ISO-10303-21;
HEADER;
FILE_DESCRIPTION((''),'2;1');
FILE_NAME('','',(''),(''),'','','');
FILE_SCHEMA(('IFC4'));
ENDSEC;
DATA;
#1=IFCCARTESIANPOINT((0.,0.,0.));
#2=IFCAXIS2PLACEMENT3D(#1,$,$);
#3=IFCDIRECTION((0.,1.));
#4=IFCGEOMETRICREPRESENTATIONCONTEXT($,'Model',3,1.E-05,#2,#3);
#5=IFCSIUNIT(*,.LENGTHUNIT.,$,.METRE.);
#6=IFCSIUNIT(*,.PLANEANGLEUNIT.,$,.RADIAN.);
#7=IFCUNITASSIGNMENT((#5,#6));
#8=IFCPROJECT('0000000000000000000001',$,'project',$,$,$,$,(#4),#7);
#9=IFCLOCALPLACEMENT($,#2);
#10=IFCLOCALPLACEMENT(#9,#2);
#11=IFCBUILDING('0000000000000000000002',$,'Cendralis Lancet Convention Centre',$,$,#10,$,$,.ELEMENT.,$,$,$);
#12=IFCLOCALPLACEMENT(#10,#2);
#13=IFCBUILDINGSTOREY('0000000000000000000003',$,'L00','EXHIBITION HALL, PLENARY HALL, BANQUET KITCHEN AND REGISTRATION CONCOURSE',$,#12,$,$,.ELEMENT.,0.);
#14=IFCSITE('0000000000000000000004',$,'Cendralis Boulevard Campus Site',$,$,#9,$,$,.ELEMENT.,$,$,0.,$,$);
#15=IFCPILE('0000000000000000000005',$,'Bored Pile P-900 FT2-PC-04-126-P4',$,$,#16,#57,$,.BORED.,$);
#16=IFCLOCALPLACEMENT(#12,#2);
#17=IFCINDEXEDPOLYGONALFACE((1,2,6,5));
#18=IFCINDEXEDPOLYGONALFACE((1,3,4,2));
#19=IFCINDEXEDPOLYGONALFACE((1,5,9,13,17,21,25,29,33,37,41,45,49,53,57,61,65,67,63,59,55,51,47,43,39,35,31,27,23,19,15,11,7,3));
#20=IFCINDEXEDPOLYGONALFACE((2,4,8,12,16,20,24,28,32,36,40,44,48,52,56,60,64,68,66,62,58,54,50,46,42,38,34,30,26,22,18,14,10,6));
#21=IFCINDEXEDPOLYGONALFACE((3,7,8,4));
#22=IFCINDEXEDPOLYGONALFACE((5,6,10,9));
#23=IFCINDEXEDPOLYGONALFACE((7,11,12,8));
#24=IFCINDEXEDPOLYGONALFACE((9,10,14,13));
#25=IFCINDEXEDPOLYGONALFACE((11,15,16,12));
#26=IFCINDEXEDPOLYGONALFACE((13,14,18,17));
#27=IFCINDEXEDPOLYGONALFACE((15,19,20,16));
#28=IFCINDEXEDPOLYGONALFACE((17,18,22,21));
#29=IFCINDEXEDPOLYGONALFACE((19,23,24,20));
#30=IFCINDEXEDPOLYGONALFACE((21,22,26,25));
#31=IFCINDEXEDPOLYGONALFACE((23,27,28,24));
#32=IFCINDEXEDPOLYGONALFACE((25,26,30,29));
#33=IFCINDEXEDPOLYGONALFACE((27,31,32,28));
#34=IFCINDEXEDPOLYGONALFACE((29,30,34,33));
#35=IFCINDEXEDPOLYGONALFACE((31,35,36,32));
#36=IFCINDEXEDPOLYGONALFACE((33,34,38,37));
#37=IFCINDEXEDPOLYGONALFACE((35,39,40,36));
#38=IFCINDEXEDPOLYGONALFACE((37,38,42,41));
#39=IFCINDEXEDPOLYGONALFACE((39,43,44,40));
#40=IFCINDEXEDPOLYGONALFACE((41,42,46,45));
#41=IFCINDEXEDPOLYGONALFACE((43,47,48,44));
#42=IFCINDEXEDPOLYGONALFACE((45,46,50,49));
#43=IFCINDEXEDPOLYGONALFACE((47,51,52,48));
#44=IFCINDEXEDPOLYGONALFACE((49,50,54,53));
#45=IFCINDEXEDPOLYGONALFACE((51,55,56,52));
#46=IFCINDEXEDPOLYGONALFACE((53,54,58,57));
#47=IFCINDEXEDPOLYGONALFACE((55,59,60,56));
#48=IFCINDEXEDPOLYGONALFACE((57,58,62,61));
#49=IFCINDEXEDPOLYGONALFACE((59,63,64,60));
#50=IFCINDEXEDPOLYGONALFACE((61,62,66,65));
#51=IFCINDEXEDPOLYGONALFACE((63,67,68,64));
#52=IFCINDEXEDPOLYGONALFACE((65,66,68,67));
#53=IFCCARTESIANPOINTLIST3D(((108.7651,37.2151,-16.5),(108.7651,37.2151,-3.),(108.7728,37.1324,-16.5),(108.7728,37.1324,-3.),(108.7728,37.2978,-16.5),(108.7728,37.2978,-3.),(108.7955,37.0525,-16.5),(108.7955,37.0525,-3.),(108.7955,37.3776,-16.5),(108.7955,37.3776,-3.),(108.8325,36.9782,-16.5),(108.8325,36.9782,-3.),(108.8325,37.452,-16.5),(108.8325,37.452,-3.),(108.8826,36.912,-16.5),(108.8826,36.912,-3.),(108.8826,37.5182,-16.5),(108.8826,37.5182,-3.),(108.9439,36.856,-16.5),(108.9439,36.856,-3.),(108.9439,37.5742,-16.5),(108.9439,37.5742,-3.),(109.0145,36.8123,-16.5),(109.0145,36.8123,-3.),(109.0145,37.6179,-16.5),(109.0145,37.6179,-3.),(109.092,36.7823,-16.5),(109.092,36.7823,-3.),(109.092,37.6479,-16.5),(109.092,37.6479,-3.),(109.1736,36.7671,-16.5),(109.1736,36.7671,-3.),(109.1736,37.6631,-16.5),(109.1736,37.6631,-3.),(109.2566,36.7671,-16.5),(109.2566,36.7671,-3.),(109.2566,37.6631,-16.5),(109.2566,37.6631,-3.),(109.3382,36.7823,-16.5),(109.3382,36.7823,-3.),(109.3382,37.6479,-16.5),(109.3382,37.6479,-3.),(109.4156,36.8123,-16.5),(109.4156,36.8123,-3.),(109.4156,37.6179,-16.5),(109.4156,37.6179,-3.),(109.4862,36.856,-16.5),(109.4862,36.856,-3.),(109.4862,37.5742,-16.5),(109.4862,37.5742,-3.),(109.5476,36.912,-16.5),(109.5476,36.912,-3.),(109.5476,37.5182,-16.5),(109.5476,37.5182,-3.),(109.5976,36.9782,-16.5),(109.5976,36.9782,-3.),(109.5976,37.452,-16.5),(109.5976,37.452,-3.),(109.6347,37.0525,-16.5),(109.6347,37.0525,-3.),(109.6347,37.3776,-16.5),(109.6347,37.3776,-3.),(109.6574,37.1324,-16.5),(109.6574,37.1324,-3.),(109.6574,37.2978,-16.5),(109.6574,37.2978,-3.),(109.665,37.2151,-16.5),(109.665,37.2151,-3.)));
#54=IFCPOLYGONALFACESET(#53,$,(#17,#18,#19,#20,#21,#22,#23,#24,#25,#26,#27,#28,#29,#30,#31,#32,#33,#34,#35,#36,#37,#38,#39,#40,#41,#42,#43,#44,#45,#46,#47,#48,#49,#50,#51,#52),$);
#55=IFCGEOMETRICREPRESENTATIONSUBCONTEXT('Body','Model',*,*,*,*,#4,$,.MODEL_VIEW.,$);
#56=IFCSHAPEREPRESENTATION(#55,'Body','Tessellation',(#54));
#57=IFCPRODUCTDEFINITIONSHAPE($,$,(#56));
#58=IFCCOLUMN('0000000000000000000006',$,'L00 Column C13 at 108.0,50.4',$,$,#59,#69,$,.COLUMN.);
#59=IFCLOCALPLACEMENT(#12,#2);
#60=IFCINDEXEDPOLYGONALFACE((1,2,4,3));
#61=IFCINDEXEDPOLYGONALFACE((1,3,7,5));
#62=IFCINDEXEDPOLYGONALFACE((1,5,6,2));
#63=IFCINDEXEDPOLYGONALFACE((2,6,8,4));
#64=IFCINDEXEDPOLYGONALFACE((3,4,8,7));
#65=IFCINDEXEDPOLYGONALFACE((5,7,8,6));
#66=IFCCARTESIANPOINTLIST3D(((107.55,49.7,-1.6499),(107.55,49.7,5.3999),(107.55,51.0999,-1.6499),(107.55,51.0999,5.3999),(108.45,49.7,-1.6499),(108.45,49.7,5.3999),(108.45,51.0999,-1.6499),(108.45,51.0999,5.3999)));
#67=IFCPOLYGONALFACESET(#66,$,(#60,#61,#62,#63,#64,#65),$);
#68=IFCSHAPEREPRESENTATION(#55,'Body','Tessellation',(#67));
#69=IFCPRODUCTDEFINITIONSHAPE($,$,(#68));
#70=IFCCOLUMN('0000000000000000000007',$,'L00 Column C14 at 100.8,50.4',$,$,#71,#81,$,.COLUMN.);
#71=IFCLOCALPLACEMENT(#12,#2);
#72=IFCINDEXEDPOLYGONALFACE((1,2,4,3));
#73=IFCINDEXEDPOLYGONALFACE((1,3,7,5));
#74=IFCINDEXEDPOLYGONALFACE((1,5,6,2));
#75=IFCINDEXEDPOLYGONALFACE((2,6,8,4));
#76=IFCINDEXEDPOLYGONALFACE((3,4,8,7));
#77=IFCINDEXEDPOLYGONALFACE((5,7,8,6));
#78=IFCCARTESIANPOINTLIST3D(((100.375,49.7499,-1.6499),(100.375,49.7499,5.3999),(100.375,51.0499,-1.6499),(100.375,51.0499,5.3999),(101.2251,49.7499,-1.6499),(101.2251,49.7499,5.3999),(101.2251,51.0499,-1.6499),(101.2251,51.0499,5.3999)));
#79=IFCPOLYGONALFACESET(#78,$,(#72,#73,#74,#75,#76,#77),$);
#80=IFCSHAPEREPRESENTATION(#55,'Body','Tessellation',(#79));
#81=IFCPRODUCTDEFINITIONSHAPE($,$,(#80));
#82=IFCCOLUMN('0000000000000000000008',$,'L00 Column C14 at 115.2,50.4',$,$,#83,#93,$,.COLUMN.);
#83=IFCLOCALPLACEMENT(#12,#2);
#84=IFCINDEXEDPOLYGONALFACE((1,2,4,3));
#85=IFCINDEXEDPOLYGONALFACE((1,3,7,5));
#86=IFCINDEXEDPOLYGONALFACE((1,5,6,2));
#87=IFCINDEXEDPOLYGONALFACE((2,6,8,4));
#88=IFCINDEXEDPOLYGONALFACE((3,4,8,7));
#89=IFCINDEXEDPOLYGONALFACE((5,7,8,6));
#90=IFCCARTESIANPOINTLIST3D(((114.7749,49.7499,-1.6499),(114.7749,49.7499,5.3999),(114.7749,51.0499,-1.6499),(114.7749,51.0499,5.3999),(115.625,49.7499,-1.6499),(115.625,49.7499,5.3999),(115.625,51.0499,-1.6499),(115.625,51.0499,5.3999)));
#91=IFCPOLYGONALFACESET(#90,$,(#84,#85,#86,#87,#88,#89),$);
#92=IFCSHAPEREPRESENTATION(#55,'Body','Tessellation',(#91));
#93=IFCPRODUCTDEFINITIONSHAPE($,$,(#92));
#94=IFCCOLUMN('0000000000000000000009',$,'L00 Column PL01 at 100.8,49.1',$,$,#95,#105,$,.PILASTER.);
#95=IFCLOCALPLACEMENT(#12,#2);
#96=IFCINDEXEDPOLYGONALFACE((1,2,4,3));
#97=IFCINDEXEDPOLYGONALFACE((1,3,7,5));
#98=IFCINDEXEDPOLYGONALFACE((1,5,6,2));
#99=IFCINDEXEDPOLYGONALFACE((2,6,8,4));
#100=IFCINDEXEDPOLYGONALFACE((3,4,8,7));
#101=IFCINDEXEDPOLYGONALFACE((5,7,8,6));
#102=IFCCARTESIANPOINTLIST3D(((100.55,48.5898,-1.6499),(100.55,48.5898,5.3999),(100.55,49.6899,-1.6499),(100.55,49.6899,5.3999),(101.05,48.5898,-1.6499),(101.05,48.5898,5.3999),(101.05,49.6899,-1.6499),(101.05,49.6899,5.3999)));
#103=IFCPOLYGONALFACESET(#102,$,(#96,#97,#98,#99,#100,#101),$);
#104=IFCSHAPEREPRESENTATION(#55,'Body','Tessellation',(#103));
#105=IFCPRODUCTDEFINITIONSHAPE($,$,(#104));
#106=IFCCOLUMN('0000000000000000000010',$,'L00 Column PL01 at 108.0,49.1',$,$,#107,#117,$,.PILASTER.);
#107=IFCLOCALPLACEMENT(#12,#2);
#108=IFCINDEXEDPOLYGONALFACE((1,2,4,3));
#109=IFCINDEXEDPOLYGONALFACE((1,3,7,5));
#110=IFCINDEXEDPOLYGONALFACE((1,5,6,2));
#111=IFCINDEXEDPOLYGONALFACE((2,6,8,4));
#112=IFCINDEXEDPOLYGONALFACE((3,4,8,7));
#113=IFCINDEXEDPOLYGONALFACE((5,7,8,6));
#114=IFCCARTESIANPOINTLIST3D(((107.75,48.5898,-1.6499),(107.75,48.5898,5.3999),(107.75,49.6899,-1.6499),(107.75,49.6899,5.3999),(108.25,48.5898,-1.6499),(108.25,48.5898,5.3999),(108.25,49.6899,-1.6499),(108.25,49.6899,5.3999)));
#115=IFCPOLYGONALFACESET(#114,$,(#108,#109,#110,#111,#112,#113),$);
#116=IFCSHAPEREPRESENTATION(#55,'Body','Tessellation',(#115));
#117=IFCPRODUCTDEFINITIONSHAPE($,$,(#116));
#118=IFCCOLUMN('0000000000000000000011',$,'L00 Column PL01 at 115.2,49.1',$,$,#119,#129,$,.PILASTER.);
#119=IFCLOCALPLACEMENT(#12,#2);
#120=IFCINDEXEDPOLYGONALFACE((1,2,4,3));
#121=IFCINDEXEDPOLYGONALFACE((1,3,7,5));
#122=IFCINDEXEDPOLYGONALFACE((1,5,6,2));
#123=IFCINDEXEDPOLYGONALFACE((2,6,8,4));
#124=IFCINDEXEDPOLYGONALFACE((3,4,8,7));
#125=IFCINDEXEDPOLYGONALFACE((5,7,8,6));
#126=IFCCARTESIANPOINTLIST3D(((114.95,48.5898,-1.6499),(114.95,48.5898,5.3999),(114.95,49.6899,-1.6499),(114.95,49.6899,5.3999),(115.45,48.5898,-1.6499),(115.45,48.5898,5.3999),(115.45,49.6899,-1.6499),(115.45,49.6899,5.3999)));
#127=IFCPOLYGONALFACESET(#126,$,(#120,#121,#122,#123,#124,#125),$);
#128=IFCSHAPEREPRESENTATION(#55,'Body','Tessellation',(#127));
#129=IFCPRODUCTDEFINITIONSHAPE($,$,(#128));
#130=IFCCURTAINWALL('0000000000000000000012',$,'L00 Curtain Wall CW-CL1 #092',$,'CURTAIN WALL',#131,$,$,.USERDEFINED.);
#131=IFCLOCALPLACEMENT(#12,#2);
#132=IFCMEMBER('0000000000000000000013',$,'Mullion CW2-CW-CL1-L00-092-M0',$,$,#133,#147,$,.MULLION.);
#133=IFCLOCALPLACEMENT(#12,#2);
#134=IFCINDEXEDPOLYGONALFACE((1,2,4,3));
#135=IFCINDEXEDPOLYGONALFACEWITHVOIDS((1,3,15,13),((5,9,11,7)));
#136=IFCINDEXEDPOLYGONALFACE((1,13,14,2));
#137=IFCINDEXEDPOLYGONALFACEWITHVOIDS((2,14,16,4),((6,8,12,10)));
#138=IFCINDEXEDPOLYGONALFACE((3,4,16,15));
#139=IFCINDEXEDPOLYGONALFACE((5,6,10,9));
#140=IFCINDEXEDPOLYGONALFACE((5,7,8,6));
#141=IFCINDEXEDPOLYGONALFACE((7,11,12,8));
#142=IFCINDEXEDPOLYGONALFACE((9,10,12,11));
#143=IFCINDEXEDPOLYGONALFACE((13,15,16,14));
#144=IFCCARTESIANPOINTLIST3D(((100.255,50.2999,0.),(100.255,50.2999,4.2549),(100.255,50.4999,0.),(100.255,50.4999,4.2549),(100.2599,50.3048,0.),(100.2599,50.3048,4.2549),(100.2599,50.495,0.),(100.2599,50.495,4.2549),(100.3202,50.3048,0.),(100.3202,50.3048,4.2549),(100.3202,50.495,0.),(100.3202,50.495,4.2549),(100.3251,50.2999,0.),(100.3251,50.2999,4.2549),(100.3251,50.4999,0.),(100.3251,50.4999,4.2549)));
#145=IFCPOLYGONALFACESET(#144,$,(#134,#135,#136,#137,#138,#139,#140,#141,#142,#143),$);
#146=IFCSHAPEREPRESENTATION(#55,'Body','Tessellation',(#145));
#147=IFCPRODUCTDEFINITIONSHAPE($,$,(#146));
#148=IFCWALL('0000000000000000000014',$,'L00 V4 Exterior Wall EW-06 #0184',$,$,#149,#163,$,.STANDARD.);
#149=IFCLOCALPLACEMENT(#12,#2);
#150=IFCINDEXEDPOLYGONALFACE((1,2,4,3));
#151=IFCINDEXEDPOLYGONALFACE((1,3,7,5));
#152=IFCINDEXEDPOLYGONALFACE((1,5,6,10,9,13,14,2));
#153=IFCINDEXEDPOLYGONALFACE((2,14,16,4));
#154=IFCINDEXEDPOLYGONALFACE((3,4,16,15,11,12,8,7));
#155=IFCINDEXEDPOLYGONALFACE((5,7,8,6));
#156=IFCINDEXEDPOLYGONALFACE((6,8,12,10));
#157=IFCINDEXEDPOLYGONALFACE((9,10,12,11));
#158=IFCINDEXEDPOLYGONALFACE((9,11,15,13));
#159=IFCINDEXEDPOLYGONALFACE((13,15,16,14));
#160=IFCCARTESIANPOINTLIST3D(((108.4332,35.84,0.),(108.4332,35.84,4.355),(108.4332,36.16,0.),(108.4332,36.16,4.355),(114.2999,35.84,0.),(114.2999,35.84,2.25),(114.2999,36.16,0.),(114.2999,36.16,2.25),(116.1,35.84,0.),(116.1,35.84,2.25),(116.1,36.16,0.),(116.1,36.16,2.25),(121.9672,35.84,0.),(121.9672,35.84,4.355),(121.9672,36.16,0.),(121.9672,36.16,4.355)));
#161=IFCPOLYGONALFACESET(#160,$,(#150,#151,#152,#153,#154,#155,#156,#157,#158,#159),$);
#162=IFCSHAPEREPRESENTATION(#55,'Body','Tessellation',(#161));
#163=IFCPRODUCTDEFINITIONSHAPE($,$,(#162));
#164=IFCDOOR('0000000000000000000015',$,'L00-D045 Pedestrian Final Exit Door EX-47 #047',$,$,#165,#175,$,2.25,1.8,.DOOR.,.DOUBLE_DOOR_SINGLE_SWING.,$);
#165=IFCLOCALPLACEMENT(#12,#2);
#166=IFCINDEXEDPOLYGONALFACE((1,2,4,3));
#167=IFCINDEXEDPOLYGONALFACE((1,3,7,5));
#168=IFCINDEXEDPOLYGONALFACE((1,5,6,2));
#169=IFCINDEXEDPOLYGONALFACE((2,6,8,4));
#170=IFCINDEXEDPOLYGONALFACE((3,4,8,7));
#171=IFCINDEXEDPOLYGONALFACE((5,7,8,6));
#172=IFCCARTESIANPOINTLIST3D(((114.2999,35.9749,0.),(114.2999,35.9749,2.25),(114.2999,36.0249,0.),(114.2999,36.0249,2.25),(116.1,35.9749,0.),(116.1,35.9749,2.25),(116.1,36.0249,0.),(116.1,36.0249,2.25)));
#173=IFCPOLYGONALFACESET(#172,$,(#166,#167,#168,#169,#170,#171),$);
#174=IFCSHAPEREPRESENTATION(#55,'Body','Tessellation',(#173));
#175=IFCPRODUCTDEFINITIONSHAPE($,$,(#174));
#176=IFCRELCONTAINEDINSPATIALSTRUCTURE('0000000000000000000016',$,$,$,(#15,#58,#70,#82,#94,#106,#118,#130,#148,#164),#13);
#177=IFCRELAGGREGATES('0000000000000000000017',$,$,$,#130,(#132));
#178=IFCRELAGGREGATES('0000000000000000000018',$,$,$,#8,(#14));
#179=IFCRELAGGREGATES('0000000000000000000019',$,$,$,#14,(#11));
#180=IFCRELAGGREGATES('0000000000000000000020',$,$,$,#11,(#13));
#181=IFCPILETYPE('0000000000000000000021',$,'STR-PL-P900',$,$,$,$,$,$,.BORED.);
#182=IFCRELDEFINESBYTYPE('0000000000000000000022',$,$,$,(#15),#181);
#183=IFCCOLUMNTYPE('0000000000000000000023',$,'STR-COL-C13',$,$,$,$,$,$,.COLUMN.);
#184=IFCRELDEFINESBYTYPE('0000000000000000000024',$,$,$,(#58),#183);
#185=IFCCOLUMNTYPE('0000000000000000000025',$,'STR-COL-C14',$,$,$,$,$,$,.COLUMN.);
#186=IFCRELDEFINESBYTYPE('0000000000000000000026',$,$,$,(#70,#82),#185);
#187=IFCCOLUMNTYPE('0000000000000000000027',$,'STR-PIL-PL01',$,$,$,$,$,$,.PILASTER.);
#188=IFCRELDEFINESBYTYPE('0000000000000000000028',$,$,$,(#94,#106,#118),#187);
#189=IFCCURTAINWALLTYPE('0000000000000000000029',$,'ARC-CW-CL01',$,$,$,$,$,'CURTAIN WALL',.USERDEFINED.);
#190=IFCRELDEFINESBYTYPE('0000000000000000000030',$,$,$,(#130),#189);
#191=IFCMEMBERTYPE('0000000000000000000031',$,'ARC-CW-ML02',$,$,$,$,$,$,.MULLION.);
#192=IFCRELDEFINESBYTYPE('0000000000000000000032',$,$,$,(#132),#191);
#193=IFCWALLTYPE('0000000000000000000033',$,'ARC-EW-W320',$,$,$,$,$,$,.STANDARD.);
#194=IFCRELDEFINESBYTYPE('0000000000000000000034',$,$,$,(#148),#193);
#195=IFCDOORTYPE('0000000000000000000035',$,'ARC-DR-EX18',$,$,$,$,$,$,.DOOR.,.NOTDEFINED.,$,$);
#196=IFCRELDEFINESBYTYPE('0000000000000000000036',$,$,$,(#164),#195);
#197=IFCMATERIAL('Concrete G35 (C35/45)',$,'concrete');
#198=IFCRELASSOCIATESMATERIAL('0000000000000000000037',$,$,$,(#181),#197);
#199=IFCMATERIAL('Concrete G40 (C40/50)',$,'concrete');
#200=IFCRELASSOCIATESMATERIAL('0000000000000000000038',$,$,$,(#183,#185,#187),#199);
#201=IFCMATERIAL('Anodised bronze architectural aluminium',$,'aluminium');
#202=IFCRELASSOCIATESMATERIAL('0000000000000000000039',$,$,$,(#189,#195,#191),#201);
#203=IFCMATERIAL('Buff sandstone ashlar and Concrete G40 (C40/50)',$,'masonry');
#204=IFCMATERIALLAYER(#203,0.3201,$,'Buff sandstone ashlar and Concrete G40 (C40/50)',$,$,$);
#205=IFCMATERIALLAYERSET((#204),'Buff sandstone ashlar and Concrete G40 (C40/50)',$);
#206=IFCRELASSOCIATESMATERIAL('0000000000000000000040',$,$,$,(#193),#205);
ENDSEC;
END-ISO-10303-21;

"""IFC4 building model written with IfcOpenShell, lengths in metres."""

from ifc_helpers import new_model, si_unit, direction, frame, frame_2d, origin, origin_2d, place, context, subcontext, project, spatial, rectangle, hollow_rectangle, circle, extrude, material, layer, layer_set, material_profile, profile_set, type_object, element, fill, aggregate, save


model = new_model("IFC4")

# Units and contexts
model_context = context("Model", 3, precision=1e-05, world=origin(), true_north=direction((0.0, 1.0)))
body_context = subcontext(model_context, "Body", "Model", "MODEL_VIEW")
ifc_project = project(units=[si_unit("LENGTHUNIT", "METRE"), si_unit("PLANEANGLEUNIT", "RADIAN")], contexts=[model_context])

# Site, building, storey
site_placement = place(None, origin())
site = spatial("IfcSite", under=ifc_project, at=site_placement, Name="Cendralis Boulevard Campus Site", CompositionType="ELEMENT", RefElevation=0.0)
building_placement = place(site_placement, origin())
building = spatial("IfcBuilding", under=site, at=building_placement, Name="Cendralis Lancet Convention Centre", CompositionType="ELEMENT")
storey_placement = place(building_placement, origin())
storey = spatial("IfcBuildingStorey", under=building, at=storey_placement, Name="L00", Description="EXHIBITION HALL, PLENARY HALL, BANQUET KITCHEN AND REGISTRATION CONCOURSE", CompositionType="ELEMENT", Elevation=0.0)

# Shared definitions
ifc_material_1 = material(Name="Concrete G35 (C35/45)", Category="concrete")

# Pile
ifc_material_profile_1 = material_profile(ifc_material_1, circle(Radius=0.45, at=origin_2d()), Name="BORED PILE D900")
ifc_profile_set_1 = profile_set([ifc_material_profile_1], Name="Concrete G35 (C35/45)")
pile_type_1 = type_object("IfcPileType", Name="STR-PL-P900", PredefinedType="BORED", material=ifc_profile_set_1)
for number, where, z_axis, x_axis, name in (
    (1, (109.2151, 37.2151, -3.0), (0.0, 0.0, -1.0), (1.0, 0.0, 0.0), "Bored Pile P-900 FT2-PC-04-126-P4"),
):
    element("IfcPile", number, at=place(storey_placement, frame(where, z_axis=z_axis, x_axis=x_axis)), inside=storey, type_object=pile_type_1, Name=name, PredefinedType="BORED", context=body_context, shape_type="SweptSolid", body=[
        extrude(circle(Radius=0.45, at=origin_2d()), origin(), (0.0, 0.0, 1.0), 13.5),
    ])

# Columns
ifc_material_2 = material(Name="Concrete G40 (C40/50)", Category="concrete")
ifc_material_profile_2 = material_profile(ifc_material_2, rectangle(XDim=0.8999, YDim=1.3999, at=origin_2d()), Name="RC 900x1400")
ifc_profile_set_2 = profile_set([ifc_material_profile_2], Name="Concrete G40 (C40/50)")
column_type_1 = type_object("IfcColumnType", Name="STR-COL-C13", PredefinedType="COLUMN", material=ifc_profile_set_2)
column_placement = place(storey_placement, frame((108.0, 50.3999, -1.6499), z_axis=(0.0, 0.0, 1.0), x_axis=(1.0, 0.0, 0.0)))
element("IfcColumn", 2, at=column_placement, inside=storey, type_object=column_type_1, Name="L00 Column C13 at 108.0,50.4", PredefinedType="COLUMN", context=body_context, shape_type="SweptSolid", body=[
    extrude(rectangle(XDim=0.8999, YDim=1.3999, at=origin_2d()), origin(), (0.0, 0.0, 1.0), 7.0498),
])
ifc_material_profile_3 = material_profile(ifc_material_2, rectangle(XDim=0.8501, YDim=1.3, at=origin_2d()), Name="RC 850x1300")
ifc_profile_set_3 = profile_set([ifc_material_profile_3], Name="Concrete G40 (C40/50)")
column_type_2 = type_object("IfcColumnType", Name="STR-COL-C14", PredefinedType="COLUMN", material=ifc_profile_set_3)
for number, where, z_axis, x_axis, name in (
    (3, (100.8, 50.3999, -1.6499), (0.0, 0.0, 1.0), (1.0, 0.0, 0.0), "L00 Column C14 at 100.8,50.4"),
    (4, (115.2, 50.3999, -1.6499), (0.0, 0.0, 1.0), (1.0, 0.0, 0.0), "L00 Column C14 at 115.2,50.4"),
):
    element("IfcColumn", number, at=place(storey_placement, frame(where, z_axis=z_axis, x_axis=x_axis)), inside=storey, type_object=column_type_2, Name=name, PredefinedType="COLUMN", context=body_context, shape_type="SweptSolid", body=[
        extrude(rectangle(XDim=0.8501, YDim=1.3, at=origin_2d()), origin(), (0.0, 0.0, 1.0), 7.0498),
    ])
ifc_material_profile_4 = material_profile(ifc_material_2, rectangle(XDim=0.5, YDim=1.1001, at=origin_2d()), Name="RC 500x1100")
ifc_profile_set_4 = profile_set([ifc_material_profile_4], Name="Concrete G40 (C40/50)")
column_type_3 = type_object("IfcColumnType", Name="STR-PIL-PL01", PredefinedType="PILASTER", material=ifc_profile_set_4)
for number, where, z_axis, x_axis, name in (
    (5, (100.8, 49.1399, -1.6499), (0.0, 0.0, 1.0), (1.0, 0.0, 0.0), "L00 Column PL01 at 100.8,49.1"),
    (6, (108.0, 49.1399, -1.6499), (0.0, 0.0, 1.0), (1.0, 0.0, 0.0), "L00 Column PL01 at 108.0,49.1"),
    (7, (115.2, 49.1399, -1.6499), (0.0, 0.0, 1.0), (1.0, 0.0, 0.0), "L00 Column PL01 at 115.2,49.1"),
):
    element("IfcColumn", number, at=place(storey_placement, frame(where, z_axis=z_axis, x_axis=x_axis)), inside=storey, type_object=column_type_3, Name=name, PredefinedType="PILASTER", context=body_context, shape_type="SweptSolid", body=[
        extrude(rectangle(XDim=0.5, YDim=1.1001, at=origin_2d()), origin(), (0.0, 0.0, 1.0), 7.0498),
    ])

# Curtain wall, member
ifc_material_3 = material(Name="Anodised bronze architectural aluminium", Category="aluminium")
curtain_wall_type = type_object("IfcCurtainWallType", Name="ARC-CW-CL01", ElementType="CURTAIN WALL", PredefinedType="USERDEFINED", material=ifc_material_3)
curtain_wall_placement = place(storey_placement, origin())
curtain_wall = element("IfcCurtainWall", 8, at=curtain_wall_placement, inside=storey, type_object=curtain_wall_type, Name="L00 Curtain Wall CW-CL1 #092", ObjectType="CURTAIN WALL", PredefinedType="USERDEFINED")
ifc_material_profile_5 = material_profile(ifc_material_3, hollow_rectangle(XDim=0.0701, YDim=0.2, WallThickness=0.0049, at=origin_2d()), Name="AL-MULL 70x200x5.0")
ifc_profile_set_5 = profile_set([ifc_material_profile_5], Name="Anodised bronze architectural aluminium")
member_type = type_object("IfcMemberType", Name="ARC-CW-ML02", PredefinedType="MULLION", material=ifc_profile_set_5)
member_placement = place(storey_placement, frame((100.29, 50.3999, 0.0), z_axis=(0.0, 0.0, 1.0), x_axis=(1.0, 0.0, 0.0)))
member = element("IfcMember", 9, at=member_placement, type_object=member_type, Name="Mullion CW2-CW-CL1-L00-092-M0", PredefinedType="MULLION", context=body_context, shape_type="SweptSolid", body=[
    extrude(hollow_rectangle(XDim=0.0701, YDim=0.2, WallThickness=0.0049, at=origin_2d()), origin(), (0.0, 0.0, 1.0), 4.2549),
])
aggregate(curtain_wall, [member])

# Wall, opening, door
ifc_material_4 = material(Name="Buff sandstone ashlar and Concrete G40 (C40/50)", Category="masonry")
ifc_layer_1 = layer(ifc_material_4, 0.3201, Name="Buff sandstone ashlar and Concrete G40 (C40/50)")
ifc_layer_set_1 = layer_set([ifc_layer_1], Name="Buff sandstone ashlar and Concrete G40 (C40/50)")
wall_type_1 = type_object("IfcWallType", Name="ARC-EW-W320", PredefinedType="STANDARD", material=ifc_layer_set_1)
wall_1_placement = place(storey_placement, frame((108.4331, 36.0, 0.0), z_axis=(0.0, 0.0, 1.0), x_axis=(1.0, 0.0, 0.0)))
wall_1 = element("IfcWall", 10, at=wall_1_placement, inside=storey, type_object=wall_type_1, Name="L00 V4 Exterior Wall EW-06 #0184", PredefinedType="STANDARD", context=body_context, shape_type="SweptSolid", body=[
    extrude(rectangle(XDim=13.5339, YDim=0.3201, at=frame_2d((6.7671, 0.0))), origin(), (0.0, 0.0, 1.0), 4.355),
])
opening_1_placement = place(wall_1_placement, frame((5.8669, 0.0, 0.0)))
opening_1 = element("IfcOpeningElement", 11, at=opening_1_placement, cuts=wall_1, PredefinedType="OPENING", context=body_context, shape_type="SweptSolid", body=[
    extrude(rectangle(XDim=1.8, YDim=2.25, at=frame_2d((0.8999, 1.125))), frame((0.0, 0.1699, 0.0), z_axis=(0.0, -1.0, 0.0), x_axis=(1.0, 0.0, 0.0)), (0.0, 0.0, 1.0), 0.3401),
])
door_type_1 = type_object("IfcDoorType", Name="ARC-DR-EX18", OperationType="NOTDEFINED", PredefinedType="DOOR", material=ifc_material_3)
door_1_placement = place(opening_1_placement, origin())
door_1 = element("IfcDoor", 12, at=door_1_placement, inside=storey, type_object=door_type_1, Name="L00-D045 Pedestrian Final Exit Door EX-47 #047", OperationType="DOUBLE_DOOR_SINGLE_SWING", OverallHeight=2.25, OverallWidth=1.8, PredefinedType="DOOR", context=body_context, shape_type="SweptSolid", body=[
    extrude(rectangle(XDim=1.8, YDim=2.25, at=frame_2d((0.8999, 1.125))), frame((0.0, 0.0249, 0.0), z_axis=(0.0, -1.0, 0.0), x_axis=(1.0, 0.0, 0.0)), (0.0, 0.0, 1.0), 0.05),
])
fill(opening_1, door_1)

save(model, "model.ifc")
